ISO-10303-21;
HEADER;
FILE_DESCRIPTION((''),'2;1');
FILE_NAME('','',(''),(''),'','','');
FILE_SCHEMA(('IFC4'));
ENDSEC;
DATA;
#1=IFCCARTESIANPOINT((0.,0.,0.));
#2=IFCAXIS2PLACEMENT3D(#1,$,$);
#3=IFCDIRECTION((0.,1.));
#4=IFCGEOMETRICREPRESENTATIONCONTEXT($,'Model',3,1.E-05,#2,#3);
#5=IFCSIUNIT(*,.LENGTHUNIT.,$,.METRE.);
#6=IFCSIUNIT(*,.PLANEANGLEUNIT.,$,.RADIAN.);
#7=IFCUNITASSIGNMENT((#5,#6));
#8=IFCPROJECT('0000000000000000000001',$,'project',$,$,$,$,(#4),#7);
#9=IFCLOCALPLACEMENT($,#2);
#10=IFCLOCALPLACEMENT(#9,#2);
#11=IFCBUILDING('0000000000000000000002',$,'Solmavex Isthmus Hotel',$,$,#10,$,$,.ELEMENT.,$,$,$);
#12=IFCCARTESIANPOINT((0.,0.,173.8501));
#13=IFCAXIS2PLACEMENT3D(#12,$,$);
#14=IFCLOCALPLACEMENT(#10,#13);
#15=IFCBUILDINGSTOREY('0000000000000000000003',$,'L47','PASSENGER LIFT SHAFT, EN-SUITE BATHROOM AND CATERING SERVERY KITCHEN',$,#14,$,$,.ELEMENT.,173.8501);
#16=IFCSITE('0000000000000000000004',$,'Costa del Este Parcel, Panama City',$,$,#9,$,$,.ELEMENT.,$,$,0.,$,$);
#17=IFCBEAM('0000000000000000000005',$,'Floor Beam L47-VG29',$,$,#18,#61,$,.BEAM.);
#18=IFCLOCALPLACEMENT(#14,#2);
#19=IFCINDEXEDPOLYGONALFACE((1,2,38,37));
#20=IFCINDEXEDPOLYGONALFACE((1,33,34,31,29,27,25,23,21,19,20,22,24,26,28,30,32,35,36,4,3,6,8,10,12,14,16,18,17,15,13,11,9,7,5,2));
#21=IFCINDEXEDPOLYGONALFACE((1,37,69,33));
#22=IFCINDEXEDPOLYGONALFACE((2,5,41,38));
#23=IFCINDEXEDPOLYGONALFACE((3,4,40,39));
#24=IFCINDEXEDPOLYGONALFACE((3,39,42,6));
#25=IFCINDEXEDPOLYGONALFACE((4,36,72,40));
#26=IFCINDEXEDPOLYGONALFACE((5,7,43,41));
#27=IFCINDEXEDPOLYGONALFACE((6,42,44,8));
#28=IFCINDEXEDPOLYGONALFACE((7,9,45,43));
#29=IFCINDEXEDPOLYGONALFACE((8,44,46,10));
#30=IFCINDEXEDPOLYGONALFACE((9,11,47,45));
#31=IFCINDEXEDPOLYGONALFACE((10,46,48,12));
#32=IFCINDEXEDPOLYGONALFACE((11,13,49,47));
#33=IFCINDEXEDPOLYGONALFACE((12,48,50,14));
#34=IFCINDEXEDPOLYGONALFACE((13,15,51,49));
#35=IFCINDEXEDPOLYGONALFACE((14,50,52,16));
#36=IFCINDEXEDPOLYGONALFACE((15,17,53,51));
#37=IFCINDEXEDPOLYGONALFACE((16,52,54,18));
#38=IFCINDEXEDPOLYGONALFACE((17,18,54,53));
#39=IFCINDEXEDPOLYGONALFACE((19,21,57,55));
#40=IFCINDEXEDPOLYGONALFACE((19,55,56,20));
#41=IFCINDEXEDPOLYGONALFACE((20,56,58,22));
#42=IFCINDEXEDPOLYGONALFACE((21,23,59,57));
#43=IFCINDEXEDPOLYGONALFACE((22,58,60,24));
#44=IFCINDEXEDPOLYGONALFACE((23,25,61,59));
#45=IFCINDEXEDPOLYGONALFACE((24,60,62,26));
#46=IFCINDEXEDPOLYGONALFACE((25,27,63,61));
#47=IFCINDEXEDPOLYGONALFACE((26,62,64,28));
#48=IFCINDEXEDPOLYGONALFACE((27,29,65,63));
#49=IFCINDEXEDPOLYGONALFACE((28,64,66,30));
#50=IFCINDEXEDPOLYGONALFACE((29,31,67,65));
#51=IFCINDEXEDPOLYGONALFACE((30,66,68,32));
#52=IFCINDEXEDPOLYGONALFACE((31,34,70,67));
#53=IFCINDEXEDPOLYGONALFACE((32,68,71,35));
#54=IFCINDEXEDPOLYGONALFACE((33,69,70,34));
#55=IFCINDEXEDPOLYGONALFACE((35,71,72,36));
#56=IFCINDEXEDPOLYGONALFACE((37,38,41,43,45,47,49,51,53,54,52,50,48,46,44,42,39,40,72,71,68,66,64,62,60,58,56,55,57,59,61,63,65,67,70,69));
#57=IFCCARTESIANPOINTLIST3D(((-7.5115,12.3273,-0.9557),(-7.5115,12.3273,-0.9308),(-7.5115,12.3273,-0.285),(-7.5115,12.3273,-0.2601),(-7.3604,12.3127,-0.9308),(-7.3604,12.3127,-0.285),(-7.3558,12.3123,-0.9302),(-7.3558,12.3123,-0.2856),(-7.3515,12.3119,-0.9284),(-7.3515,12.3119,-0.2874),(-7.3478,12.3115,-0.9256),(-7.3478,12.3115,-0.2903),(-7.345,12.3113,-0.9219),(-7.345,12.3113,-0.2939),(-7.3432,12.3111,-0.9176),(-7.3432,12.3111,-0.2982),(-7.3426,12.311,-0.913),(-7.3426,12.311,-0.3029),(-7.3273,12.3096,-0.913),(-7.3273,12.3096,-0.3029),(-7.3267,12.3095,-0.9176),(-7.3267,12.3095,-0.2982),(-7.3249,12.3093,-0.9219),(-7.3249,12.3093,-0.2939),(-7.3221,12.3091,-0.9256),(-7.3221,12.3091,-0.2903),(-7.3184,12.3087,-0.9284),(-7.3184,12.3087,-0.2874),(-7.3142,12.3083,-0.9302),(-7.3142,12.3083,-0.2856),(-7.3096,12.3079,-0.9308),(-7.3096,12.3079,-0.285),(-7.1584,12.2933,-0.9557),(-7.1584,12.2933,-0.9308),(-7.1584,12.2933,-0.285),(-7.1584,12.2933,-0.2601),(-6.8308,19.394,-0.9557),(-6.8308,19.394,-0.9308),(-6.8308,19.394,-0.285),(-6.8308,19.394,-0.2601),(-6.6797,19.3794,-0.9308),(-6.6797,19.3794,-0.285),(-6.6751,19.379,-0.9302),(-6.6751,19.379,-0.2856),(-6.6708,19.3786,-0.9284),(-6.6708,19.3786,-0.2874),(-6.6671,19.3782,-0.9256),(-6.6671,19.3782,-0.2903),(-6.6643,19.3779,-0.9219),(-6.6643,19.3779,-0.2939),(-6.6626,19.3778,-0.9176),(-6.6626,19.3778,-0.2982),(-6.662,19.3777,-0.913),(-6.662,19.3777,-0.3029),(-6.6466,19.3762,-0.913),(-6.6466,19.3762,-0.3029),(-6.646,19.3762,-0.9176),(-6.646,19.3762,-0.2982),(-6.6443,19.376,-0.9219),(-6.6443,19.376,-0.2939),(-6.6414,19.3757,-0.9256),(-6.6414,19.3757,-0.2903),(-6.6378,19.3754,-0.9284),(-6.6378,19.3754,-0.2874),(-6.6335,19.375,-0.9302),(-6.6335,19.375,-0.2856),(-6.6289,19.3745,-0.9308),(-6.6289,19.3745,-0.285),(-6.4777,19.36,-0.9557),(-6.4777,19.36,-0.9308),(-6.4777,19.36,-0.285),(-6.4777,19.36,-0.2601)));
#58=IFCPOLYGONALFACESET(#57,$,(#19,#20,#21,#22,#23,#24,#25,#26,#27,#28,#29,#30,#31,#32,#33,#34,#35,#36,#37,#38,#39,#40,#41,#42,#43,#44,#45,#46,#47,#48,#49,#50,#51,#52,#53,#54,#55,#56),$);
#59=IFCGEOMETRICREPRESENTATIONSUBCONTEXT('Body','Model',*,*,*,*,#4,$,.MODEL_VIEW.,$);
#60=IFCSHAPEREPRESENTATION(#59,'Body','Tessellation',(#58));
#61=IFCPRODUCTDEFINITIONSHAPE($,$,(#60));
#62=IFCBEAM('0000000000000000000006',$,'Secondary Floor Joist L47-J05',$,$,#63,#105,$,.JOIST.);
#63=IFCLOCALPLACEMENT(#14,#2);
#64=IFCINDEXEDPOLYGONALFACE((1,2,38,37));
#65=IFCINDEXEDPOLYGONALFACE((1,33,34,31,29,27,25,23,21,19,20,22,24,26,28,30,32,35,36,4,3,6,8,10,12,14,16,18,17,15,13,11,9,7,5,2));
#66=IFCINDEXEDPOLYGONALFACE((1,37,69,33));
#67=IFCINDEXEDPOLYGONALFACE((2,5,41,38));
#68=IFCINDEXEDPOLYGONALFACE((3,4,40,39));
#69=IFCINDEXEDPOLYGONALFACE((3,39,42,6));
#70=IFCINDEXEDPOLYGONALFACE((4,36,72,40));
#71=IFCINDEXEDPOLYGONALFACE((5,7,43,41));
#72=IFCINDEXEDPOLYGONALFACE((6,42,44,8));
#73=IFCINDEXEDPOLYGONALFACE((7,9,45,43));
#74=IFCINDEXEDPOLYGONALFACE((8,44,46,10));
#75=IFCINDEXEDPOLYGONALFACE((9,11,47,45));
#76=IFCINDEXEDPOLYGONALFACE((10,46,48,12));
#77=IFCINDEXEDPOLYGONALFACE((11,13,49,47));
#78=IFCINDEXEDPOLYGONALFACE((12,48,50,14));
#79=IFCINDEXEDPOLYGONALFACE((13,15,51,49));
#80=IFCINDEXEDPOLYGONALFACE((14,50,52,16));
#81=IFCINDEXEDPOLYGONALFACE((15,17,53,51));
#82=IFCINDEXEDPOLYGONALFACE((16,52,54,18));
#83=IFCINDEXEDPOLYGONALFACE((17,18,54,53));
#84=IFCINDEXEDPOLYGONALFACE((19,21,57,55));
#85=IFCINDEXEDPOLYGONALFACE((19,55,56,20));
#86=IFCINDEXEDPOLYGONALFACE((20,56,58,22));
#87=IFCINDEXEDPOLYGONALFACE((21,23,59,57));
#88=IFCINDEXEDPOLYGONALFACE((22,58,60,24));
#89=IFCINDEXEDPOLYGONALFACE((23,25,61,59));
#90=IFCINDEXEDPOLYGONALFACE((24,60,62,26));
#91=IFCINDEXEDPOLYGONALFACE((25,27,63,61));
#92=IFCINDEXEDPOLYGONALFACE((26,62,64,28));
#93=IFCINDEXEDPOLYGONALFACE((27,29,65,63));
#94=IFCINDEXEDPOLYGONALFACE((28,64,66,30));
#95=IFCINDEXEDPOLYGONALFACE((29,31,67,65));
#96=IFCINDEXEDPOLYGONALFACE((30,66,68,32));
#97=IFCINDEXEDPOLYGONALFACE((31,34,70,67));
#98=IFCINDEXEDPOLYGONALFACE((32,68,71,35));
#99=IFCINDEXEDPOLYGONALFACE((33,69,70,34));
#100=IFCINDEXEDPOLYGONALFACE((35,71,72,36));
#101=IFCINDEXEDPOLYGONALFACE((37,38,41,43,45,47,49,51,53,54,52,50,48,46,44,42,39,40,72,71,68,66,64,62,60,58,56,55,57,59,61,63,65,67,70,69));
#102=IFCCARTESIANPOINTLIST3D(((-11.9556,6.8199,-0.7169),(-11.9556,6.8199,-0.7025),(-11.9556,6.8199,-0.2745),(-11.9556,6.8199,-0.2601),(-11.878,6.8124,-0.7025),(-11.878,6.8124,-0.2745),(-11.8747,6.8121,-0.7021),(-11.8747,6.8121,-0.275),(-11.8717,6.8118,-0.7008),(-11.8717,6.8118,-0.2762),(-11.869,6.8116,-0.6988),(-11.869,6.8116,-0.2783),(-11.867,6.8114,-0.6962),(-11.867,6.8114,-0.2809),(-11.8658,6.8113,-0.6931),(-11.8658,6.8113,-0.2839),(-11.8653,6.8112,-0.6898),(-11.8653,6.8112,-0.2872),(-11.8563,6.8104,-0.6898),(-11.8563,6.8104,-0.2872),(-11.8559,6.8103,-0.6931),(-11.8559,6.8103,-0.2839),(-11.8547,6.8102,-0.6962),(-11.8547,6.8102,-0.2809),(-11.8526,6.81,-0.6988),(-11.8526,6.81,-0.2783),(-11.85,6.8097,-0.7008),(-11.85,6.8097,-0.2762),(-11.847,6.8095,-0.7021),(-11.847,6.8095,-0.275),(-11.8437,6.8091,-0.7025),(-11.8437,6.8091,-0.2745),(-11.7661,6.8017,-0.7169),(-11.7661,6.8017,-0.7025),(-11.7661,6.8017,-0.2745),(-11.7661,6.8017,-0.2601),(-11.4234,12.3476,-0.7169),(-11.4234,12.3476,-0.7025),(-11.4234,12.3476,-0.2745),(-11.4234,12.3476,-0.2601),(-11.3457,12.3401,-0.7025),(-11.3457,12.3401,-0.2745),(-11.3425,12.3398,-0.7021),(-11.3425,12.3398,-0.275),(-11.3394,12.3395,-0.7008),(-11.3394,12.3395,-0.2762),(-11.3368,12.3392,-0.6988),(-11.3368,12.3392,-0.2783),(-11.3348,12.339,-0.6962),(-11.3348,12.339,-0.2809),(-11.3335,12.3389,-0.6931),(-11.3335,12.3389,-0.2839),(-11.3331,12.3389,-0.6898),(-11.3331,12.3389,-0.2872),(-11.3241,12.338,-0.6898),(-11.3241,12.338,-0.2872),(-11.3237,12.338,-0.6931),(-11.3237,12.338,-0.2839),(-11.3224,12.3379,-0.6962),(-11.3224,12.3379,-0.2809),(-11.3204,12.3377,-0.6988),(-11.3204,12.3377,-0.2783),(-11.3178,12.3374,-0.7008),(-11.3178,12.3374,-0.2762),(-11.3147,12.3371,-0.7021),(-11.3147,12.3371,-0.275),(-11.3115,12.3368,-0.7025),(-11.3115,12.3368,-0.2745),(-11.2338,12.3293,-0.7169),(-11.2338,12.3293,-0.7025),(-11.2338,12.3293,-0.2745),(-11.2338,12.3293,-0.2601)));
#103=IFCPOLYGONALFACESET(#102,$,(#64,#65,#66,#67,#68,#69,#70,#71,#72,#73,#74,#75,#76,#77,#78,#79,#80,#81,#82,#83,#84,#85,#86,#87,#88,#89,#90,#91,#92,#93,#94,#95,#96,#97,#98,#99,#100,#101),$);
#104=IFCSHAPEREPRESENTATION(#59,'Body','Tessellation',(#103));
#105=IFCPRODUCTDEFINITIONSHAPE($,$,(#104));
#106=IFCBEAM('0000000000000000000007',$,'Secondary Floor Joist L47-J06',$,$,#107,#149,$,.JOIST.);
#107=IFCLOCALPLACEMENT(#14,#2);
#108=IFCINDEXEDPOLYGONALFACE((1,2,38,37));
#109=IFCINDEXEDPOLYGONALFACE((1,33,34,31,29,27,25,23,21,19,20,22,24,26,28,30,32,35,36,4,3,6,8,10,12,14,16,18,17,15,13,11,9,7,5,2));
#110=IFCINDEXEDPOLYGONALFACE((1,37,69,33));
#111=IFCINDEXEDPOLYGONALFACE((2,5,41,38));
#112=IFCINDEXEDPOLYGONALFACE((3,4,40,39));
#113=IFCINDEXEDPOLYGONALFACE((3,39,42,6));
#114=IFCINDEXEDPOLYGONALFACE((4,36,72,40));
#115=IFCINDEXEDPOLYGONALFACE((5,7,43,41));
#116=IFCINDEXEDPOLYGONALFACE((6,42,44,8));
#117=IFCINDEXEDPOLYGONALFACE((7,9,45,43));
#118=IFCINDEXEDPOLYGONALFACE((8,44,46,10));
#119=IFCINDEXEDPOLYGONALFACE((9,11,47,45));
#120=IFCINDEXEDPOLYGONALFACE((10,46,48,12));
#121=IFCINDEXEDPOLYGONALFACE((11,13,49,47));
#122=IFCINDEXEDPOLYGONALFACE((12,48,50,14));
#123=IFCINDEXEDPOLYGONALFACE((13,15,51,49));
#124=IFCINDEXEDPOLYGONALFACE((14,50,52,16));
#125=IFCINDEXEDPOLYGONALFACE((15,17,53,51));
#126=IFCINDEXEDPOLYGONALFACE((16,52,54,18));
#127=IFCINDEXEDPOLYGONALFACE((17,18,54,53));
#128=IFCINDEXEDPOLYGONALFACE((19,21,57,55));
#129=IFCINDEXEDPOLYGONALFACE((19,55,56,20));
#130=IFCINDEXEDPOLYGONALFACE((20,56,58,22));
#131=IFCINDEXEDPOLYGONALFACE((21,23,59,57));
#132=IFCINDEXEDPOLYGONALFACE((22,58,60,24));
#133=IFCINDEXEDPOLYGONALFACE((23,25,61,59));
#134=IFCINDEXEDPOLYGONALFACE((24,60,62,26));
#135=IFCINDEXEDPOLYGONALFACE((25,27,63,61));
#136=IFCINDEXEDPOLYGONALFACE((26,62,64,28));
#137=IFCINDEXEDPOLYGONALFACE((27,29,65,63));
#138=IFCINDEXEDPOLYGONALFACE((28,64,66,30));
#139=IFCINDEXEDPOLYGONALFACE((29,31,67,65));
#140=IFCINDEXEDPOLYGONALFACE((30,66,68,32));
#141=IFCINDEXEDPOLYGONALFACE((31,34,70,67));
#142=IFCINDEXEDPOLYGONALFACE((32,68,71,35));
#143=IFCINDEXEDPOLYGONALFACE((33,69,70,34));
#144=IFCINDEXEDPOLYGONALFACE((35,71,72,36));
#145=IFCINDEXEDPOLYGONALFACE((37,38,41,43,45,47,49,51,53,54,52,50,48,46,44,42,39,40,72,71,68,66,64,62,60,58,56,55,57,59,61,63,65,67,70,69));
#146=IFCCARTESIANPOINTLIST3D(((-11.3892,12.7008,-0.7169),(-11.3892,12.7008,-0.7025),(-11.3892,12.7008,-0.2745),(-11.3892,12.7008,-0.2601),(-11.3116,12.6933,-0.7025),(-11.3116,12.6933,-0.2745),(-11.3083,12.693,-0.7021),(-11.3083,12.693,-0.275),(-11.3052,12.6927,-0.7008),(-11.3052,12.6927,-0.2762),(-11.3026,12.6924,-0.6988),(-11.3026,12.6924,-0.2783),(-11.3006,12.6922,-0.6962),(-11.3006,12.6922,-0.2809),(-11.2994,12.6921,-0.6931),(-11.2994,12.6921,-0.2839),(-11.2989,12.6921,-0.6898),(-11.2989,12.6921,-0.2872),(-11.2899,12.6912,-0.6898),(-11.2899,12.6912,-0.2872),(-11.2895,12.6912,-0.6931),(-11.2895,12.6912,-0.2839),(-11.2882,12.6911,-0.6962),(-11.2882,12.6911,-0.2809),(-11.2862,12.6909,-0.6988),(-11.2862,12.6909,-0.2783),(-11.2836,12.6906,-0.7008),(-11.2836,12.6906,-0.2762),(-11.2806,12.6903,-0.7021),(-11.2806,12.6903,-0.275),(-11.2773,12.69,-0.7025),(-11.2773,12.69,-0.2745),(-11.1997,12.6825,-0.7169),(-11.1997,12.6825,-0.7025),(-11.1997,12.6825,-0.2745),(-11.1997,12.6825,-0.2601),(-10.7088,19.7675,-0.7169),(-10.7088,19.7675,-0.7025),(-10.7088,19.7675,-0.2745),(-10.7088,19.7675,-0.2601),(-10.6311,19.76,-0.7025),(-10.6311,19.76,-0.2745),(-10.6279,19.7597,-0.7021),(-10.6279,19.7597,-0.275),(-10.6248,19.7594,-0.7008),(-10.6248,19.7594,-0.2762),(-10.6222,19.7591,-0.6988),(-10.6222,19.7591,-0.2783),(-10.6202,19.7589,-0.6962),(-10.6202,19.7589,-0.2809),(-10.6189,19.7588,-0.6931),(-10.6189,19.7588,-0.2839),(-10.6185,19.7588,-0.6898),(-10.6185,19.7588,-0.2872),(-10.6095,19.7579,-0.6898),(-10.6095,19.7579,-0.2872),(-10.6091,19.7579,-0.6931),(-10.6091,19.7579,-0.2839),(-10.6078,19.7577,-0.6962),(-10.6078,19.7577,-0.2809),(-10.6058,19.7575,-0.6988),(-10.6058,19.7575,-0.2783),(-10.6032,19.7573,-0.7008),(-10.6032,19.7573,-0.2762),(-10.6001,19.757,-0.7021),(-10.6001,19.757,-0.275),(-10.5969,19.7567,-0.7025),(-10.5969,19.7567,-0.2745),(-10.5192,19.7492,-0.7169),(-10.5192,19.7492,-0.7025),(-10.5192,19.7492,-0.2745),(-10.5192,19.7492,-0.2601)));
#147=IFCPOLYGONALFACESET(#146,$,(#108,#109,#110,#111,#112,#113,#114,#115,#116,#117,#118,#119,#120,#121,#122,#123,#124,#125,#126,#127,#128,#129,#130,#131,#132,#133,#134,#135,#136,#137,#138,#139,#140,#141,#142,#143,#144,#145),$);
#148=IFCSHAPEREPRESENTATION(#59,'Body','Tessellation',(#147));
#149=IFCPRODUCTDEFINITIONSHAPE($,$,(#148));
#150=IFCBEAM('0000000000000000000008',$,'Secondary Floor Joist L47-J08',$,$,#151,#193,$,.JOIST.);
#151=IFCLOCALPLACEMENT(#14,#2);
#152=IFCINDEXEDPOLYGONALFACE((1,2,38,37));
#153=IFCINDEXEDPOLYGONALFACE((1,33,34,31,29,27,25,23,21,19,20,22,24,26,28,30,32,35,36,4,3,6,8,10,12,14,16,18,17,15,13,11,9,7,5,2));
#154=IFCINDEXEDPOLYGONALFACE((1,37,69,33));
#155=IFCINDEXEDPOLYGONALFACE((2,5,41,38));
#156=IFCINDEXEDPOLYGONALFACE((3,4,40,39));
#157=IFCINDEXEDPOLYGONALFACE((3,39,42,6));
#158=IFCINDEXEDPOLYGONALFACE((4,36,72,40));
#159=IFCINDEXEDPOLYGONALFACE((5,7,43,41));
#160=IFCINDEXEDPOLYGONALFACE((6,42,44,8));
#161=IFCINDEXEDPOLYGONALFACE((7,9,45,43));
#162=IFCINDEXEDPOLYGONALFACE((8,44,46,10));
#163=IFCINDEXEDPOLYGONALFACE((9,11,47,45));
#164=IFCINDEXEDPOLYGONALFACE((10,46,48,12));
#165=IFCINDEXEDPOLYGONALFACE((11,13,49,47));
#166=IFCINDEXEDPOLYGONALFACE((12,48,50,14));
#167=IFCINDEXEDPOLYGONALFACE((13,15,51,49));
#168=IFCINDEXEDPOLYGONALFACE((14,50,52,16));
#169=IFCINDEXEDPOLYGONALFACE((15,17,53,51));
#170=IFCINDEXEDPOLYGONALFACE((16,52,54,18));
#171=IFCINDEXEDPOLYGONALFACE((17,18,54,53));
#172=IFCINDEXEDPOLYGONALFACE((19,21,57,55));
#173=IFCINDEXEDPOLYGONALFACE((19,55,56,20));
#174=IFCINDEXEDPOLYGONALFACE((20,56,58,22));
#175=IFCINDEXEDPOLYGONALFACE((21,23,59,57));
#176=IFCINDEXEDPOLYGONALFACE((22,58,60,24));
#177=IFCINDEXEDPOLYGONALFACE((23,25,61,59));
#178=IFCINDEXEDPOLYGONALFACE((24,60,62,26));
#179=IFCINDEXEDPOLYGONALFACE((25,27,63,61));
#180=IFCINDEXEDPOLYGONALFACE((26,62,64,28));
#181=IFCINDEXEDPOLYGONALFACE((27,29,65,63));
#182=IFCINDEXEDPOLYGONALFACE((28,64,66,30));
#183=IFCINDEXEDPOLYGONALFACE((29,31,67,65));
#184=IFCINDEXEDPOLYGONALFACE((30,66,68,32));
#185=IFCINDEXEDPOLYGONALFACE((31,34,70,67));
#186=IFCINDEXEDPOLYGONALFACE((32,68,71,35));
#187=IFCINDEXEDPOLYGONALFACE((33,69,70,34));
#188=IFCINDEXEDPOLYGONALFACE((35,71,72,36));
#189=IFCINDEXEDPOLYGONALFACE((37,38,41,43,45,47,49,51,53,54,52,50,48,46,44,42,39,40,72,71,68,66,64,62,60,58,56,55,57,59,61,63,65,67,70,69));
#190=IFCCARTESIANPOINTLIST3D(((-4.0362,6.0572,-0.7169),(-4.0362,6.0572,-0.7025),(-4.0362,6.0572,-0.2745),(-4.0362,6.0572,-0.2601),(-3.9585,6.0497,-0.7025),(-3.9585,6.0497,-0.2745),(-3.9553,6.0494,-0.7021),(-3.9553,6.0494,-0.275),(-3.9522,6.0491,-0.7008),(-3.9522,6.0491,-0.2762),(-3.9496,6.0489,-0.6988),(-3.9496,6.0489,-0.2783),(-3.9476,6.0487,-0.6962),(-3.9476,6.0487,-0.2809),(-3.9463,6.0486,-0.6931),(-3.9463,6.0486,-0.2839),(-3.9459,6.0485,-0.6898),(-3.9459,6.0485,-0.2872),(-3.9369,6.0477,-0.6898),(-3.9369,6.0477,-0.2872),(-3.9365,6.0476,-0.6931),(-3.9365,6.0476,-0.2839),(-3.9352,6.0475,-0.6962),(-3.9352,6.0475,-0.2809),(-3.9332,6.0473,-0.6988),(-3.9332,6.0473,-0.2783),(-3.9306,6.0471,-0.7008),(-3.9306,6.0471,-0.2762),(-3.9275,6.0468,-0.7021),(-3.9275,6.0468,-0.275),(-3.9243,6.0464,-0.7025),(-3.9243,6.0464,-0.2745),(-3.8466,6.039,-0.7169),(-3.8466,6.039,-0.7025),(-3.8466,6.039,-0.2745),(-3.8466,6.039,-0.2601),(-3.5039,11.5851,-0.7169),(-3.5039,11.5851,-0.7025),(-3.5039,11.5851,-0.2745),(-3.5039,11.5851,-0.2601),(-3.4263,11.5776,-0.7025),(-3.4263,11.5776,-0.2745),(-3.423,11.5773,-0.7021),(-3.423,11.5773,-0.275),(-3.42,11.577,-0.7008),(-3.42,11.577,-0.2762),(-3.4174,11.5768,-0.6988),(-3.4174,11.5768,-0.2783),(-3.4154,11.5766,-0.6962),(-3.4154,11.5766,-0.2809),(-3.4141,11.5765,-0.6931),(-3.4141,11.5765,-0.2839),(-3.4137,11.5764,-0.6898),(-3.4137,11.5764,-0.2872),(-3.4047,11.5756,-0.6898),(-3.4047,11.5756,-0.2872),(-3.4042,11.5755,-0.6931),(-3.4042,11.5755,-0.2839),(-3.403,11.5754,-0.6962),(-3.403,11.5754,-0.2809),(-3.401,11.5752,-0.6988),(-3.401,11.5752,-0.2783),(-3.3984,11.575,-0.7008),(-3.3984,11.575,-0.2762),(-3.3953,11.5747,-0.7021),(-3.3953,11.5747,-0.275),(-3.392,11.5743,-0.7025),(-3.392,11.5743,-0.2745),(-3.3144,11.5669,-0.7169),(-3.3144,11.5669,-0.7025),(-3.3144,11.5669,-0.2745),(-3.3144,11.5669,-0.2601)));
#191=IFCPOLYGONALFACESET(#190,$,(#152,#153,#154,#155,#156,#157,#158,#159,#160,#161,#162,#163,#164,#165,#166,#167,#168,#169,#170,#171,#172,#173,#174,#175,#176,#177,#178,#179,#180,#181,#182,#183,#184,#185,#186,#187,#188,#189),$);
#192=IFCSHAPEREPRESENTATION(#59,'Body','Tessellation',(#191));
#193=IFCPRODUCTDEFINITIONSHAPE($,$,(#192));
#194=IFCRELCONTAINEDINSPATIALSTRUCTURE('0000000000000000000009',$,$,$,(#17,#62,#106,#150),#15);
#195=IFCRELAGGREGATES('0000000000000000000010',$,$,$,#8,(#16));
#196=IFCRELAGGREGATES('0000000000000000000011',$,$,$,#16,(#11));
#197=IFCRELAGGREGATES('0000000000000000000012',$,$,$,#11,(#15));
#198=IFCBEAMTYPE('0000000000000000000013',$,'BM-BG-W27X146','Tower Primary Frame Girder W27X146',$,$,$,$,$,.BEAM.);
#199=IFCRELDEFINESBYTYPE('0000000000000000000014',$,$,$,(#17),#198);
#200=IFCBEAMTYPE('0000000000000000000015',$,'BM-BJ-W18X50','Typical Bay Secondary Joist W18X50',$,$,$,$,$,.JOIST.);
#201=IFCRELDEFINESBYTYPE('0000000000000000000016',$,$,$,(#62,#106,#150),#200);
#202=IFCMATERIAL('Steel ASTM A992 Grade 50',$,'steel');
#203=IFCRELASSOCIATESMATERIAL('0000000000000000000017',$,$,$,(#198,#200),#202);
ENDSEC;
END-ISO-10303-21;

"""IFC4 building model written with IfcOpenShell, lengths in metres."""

from ifc_helpers import new_model, si_unit, direction, frame, origin, origin_2d, place, context, subcontext, project, spatial, i_section, extrude, material, material_profile, profile_set, type_object, element, save


model = new_model("IFC4")

# Units and contexts
model_context = context("Model", 3, precision=1e-05, world=origin(), true_north=direction((0.0, 1.0)))
body_context = subcontext(model_context, "Body", "Model", "MODEL_VIEW")
ifc_project = project(units=[si_unit("LENGTHUNIT", "METRE"), si_unit("PLANEANGLEUNIT", "RADIAN")], contexts=[model_context])

# Site, building, storey
site_placement = place(None, origin())
site = spatial("IfcSite", under=ifc_project, at=site_placement, Name="Costa del Este Parcel, Panama City", CompositionType="ELEMENT", RefElevation=0.0)
building_placement = place(site_placement, origin())
building = spatial("IfcBuilding", under=site, at=building_placement, Name="Solmavex Isthmus Hotel", CompositionType="ELEMENT")
storey_placement = place(building_placement, frame((0.0, 0.0, 173.8501)))
storey = spatial("IfcBuildingStorey", under=building, at=storey_placement, Name="L47", Description="PASSENGER LIFT SHAFT, EN-SUITE BATHROOM AND CATERING SERVERY KITCHEN", CompositionType="ELEMENT", Elevation=173.8501)

# Beams
ifc_material_1 = material(Name="Steel ASTM A992 Grade 50", Category="steel")
ifc_material_profile_1 = material_profile(ifc_material_1, i_section(OverallWidth=0.3547, OverallDepth=0.6956, WebThickness=0.0154, FlangeThickness=0.0249, FilletRadius=0.0178, at=origin_2d()), Name="W27X146")
ifc_profile_set_1 = profile_set([ifc_material_profile_1], Name="Steel ASTM A992 Grade 50")
beam_type_1 = type_object("IfcBeamType", Name="BM-BG-W27X146", Description="Tower Primary Frame Girder W27X146", PredefinedType="BEAM", material=ifc_profile_set_1)
beam_1_placement = place(storey_placement, frame((-7.335, 12.3103, -0.6079), z_axis=(0.095877, 0.995393, 0.0), x_axis=(-0.995393, 0.095877, 0.0)))
element("IfcBeam", 1, at=beam_1_placement, inside=storey, type_object=beam_type_1, Name="Floor Beam L47-VG29", PredefinedType="BEAM", context=body_context, shape_type="SweptSolid", body=[
    extrude(i_section(OverallWidth=0.3547, OverallDepth=0.6956, WebThickness=0.0154, FlangeThickness=0.0249, FilletRadius=0.0178, at=origin_2d()), origin(), (0.0, 0.0, 1.0), 7.0994),
])
ifc_material_profile_2 = material_profile(ifc_material_1, i_section(OverallWidth=0.1904, OverallDepth=0.4568, WebThickness=0.009, FlangeThickness=0.0144, FilletRadius=0.0127, at=origin_2d()), Name="W18X50")
ifc_profile_set_2 = profile_set([ifc_material_profile_2], Name="Steel ASTM A992 Grade 50")
beam_type_2 = type_object("IfcBeamType", Name="BM-BJ-W18X50", Description="Typical Bay Secondary Joist W18X50", PredefinedType="JOIST", material=ifc_profile_set_2)
beam_2_placement = place(storey_placement, frame((-11.8608, 6.8108, -0.4885), z_axis=(0.095842, 0.995397, 0.0), x_axis=(-0.995397, 0.095842, 0.0)))
element("IfcBeam", 2, at=beam_2_placement, inside=storey, type_object=beam_type_2, Name="Secondary Floor Joist L47-J05", PredefinedType="JOIST", context=body_context, shape_type="SweptSolid", body=[
    extrude(i_section(OverallWidth=0.1904, OverallDepth=0.4568, WebThickness=0.009, FlangeThickness=0.0144, FilletRadius=0.0127, at=origin_2d()), origin(), (0.0, 0.0, 1.0), 5.5532),
])
beam_3_placement = place(storey_placement, frame((-11.2944, 12.6917, -0.4885), z_axis=(0.095843, 0.995396, 0.0), x_axis=(-0.995396, 0.095843, 0.0)))
element("IfcBeam", 3, at=beam_3_placement, inside=storey, type_object=beam_type_2, Name="Secondary Floor Joist L47-J06", PredefinedType="JOIST", context=body_context, shape_type="SweptSolid", body=[
    extrude(i_section(OverallWidth=0.1904, OverallDepth=0.4568, WebThickness=0.009, FlangeThickness=0.0144, FilletRadius=0.0127, at=origin_2d()), origin(), (0.0, 0.0, 1.0), 7.0994),
])
beam_4_placement = place(storey_placement, frame((-3.9414, 6.0481, -0.4885), z_axis=(0.095838, 0.995397, 0.0), x_axis=(-0.995397, 0.095838, 0.0)))
element("IfcBeam", 4, at=beam_4_placement, inside=storey, type_object=beam_type_2, Name="Secondary Floor Joist L47-J08", PredefinedType="JOIST", context=body_context, shape_type="SweptSolid", body=[
    extrude(i_section(OverallWidth=0.1904, OverallDepth=0.4568, WebThickness=0.009, FlangeThickness=0.0144, FilletRadius=0.0127, at=origin_2d()), origin(), (0.0, 0.0, 1.0), 5.5535),
])

save(model, "model.ifc")
